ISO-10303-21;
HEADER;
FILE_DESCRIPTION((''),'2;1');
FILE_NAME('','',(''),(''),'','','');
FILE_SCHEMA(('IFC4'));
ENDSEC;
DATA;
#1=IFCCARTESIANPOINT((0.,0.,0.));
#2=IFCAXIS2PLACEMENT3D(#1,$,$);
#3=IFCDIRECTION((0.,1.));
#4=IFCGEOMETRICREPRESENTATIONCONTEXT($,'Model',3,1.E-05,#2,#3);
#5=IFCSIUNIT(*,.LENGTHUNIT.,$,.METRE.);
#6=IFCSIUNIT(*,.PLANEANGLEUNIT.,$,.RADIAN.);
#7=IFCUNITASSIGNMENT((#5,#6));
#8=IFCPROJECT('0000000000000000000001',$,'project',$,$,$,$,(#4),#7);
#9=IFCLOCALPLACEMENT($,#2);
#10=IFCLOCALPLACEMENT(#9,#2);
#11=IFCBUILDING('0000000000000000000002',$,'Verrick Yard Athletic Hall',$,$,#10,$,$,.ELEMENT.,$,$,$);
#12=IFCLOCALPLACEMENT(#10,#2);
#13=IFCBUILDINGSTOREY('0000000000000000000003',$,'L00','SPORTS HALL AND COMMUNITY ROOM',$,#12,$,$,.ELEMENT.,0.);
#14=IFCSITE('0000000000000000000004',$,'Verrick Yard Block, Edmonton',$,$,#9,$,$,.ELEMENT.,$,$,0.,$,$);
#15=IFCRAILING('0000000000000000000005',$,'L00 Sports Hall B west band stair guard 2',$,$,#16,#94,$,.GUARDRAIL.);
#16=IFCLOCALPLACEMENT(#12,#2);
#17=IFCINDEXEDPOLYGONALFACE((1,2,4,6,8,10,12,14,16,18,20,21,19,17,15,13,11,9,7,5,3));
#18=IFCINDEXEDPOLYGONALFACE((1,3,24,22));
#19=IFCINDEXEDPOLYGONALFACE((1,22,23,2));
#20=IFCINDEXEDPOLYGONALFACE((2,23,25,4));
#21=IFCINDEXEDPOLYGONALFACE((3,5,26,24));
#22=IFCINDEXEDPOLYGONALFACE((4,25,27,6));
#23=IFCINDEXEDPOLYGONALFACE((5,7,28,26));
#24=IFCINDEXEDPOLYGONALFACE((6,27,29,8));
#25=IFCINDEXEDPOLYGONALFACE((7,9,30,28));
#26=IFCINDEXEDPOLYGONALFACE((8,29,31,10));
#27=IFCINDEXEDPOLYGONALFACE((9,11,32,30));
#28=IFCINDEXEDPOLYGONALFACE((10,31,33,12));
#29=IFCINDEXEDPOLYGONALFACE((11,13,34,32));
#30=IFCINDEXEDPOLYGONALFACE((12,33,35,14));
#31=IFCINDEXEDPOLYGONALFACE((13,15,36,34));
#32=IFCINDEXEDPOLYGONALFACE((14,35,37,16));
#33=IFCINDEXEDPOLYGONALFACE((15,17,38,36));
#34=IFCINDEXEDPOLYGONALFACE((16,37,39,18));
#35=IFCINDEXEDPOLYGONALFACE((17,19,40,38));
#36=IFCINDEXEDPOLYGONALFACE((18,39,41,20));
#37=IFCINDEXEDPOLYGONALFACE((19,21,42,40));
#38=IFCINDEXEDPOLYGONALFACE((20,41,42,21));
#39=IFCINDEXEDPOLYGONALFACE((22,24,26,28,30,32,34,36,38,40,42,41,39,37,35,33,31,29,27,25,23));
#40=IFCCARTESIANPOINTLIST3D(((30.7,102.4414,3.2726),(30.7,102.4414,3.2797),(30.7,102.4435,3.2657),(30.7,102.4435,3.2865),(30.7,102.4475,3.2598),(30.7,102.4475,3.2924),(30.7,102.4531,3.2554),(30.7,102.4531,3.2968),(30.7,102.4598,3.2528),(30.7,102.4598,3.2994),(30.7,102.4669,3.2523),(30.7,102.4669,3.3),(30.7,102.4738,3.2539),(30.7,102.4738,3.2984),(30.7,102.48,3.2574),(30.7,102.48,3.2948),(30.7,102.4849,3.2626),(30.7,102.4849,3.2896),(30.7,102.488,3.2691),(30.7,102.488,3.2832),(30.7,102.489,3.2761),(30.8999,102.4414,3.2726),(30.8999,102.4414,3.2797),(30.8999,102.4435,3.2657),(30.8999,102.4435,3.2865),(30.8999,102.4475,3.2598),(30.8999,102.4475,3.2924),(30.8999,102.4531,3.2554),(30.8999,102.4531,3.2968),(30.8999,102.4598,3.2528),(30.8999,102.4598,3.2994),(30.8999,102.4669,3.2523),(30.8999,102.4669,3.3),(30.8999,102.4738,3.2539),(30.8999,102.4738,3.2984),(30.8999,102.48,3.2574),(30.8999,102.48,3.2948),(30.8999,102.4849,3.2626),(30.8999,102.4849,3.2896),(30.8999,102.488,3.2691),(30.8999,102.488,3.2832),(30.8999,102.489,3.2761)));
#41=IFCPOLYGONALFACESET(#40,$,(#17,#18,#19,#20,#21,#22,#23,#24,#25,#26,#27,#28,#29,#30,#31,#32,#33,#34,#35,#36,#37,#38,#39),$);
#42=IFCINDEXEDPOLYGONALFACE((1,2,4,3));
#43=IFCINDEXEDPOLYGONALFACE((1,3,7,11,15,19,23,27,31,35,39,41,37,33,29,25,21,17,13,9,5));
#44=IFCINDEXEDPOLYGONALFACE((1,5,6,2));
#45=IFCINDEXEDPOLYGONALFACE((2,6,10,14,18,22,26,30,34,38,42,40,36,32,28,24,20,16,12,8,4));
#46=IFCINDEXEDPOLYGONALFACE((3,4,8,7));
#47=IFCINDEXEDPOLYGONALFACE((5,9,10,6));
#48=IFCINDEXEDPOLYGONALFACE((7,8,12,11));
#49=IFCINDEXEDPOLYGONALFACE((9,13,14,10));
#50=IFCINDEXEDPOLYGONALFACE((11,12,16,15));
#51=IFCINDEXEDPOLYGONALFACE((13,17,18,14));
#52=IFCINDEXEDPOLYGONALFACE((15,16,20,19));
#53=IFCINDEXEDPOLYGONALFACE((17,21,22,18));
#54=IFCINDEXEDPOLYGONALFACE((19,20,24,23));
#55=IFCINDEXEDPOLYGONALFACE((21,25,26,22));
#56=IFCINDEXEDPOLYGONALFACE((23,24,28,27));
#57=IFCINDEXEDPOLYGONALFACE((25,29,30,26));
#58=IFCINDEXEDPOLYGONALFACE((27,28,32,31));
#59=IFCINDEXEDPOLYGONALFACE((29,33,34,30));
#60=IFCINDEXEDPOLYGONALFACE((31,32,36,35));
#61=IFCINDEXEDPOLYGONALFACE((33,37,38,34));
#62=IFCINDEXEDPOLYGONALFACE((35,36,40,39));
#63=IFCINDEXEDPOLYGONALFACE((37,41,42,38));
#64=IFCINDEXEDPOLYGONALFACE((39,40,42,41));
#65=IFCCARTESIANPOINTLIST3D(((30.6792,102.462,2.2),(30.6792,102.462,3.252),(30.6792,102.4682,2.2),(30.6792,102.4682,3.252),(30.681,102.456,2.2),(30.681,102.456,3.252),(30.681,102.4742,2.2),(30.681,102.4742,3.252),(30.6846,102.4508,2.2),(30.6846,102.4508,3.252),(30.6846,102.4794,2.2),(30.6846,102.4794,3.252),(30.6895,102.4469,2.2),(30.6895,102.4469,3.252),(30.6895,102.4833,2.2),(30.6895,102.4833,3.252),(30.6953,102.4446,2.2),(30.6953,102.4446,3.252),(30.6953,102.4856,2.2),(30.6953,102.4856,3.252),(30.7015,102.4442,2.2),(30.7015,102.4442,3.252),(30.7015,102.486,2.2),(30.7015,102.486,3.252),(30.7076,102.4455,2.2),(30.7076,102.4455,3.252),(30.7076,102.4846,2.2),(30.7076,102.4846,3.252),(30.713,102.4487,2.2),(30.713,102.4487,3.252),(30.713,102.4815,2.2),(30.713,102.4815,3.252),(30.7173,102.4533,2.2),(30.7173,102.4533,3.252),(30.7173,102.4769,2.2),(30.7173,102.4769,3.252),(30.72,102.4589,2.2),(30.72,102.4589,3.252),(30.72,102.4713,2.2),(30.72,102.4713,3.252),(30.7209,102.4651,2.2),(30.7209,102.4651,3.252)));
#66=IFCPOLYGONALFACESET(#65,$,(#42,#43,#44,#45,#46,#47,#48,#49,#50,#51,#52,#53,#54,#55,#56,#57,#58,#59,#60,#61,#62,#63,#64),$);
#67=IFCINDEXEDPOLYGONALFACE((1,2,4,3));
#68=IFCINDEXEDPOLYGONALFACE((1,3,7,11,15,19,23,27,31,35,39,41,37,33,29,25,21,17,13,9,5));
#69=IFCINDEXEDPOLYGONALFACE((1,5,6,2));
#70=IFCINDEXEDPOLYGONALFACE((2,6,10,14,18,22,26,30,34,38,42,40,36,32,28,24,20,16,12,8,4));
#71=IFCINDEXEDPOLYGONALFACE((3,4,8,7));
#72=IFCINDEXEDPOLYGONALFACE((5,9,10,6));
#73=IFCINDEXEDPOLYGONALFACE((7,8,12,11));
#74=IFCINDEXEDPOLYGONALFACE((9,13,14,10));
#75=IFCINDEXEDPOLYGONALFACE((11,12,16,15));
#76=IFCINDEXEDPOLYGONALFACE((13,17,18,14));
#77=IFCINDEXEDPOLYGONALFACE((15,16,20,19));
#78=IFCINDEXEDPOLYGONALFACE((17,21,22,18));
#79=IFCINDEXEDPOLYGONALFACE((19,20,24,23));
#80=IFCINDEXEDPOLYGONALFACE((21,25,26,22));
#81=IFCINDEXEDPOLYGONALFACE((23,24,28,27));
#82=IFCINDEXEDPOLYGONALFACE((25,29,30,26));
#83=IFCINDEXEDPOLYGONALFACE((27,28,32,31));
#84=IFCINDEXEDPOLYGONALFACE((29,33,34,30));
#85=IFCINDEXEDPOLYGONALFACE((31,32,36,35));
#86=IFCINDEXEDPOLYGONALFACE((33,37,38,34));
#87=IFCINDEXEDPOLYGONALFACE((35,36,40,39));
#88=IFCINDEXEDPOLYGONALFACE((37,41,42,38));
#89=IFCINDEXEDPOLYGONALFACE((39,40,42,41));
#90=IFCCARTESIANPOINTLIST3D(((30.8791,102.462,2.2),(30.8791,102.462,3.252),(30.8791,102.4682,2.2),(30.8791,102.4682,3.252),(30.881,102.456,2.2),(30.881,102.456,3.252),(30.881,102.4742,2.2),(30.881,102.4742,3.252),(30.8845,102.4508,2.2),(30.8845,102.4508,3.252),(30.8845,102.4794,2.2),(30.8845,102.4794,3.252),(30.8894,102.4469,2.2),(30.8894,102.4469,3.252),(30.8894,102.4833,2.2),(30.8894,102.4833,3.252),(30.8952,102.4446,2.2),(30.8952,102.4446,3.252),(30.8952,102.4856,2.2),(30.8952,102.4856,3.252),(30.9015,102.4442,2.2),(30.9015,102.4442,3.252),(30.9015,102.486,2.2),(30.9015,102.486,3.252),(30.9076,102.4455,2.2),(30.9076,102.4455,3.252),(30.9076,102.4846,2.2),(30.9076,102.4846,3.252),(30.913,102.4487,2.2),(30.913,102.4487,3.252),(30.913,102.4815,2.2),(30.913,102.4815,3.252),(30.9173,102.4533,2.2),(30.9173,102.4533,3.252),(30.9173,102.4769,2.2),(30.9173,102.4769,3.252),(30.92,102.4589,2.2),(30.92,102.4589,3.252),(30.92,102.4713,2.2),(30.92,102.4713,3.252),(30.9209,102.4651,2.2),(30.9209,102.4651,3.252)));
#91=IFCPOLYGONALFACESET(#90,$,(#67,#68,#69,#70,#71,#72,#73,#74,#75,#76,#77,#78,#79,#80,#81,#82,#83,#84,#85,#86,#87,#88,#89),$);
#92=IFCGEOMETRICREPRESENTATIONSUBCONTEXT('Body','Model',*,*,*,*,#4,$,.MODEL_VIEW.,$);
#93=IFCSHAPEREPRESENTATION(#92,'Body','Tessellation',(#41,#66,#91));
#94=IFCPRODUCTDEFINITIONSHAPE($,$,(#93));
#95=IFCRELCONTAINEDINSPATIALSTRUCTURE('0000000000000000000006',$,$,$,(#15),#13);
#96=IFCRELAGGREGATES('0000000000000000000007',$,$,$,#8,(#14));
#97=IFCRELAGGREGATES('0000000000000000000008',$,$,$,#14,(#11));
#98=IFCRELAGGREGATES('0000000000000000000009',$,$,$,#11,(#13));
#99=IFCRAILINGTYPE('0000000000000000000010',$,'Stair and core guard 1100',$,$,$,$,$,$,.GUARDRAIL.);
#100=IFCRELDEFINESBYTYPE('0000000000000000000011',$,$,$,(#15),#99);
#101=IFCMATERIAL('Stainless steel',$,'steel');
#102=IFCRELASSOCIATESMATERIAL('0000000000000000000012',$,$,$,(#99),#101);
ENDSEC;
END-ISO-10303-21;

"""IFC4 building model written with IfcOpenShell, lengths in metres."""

from ifc_helpers import new_model, si_unit, direction, frame, origin, origin_2d, place, context, subcontext, project, spatial, circle, extrude, material, type_object, element, save


model = new_model("IFC4")

# Units and contexts
model_context = context("Model", 3, precision=1e-05, world=origin(), true_north=direction((0.0, 1.0)))
body_context = subcontext(model_context, "Body", "Model", "MODEL_VIEW")
ifc_project = project(units=[si_unit("LENGTHUNIT", "METRE"), si_unit("PLANEANGLEUNIT", "RADIAN")], contexts=[model_context])

# Site, building, storey
site_placement = place(None, origin())
site = spatial("IfcSite", under=ifc_project, at=site_placement, Name="Verrick Yard Block, Edmonton", CompositionType="ELEMENT", RefElevation=0.0)
building_placement = place(site_placement, origin())
building = spatial("IfcBuilding", under=site, at=building_placement, Name="Verrick Yard Athletic Hall", CompositionType="ELEMENT")
storey_placement = place(building_placement, origin())
storey = spatial("IfcBuildingStorey", under=building, at=storey_placement, Name="L00", Description="SPORTS HALL AND COMMUNITY ROOM", CompositionType="ELEMENT", Elevation=0.0)

# Railing
ifc_material_1 = material(Name="Stainless steel", Category="steel")
railing_type_1 = type_object("IfcRailingType", Name="Stair and core guard 1100", PredefinedType="GUARDRAIL", material=ifc_material_1)
railing_1_placement = place(storey_placement, frame((30.7, 102.4651, 2.2)))
element("IfcRailing", 1, at=railing_1_placement, inside=storey, type_object=railing_type_1, Name="L00 Sports Hall B west band stair guard 2", PredefinedType="GUARDRAIL", context=body_context, shape_type="SweptSolid", body=[
    extrude(circle(Radius=0.0239, at=origin_2d()), frame((0.0, 0.0, 1.0762), z_axis=(1.0, 0.0, 0.0), x_axis=(0.0, 1.0, 0.0)), (0.0, 0.0, 1.0), 0.2),
    extrude(circle(Radius=0.021, at=origin_2d()), origin(), (0.0, 0.0, 1.0), 1.052),
    extrude(circle(Radius=0.021, at=origin_2d()), frame((0.2, 0.0, 0.0)), (0.0, 0.0, 1.0), 1.052),
])

save(model, "model.ifc")
